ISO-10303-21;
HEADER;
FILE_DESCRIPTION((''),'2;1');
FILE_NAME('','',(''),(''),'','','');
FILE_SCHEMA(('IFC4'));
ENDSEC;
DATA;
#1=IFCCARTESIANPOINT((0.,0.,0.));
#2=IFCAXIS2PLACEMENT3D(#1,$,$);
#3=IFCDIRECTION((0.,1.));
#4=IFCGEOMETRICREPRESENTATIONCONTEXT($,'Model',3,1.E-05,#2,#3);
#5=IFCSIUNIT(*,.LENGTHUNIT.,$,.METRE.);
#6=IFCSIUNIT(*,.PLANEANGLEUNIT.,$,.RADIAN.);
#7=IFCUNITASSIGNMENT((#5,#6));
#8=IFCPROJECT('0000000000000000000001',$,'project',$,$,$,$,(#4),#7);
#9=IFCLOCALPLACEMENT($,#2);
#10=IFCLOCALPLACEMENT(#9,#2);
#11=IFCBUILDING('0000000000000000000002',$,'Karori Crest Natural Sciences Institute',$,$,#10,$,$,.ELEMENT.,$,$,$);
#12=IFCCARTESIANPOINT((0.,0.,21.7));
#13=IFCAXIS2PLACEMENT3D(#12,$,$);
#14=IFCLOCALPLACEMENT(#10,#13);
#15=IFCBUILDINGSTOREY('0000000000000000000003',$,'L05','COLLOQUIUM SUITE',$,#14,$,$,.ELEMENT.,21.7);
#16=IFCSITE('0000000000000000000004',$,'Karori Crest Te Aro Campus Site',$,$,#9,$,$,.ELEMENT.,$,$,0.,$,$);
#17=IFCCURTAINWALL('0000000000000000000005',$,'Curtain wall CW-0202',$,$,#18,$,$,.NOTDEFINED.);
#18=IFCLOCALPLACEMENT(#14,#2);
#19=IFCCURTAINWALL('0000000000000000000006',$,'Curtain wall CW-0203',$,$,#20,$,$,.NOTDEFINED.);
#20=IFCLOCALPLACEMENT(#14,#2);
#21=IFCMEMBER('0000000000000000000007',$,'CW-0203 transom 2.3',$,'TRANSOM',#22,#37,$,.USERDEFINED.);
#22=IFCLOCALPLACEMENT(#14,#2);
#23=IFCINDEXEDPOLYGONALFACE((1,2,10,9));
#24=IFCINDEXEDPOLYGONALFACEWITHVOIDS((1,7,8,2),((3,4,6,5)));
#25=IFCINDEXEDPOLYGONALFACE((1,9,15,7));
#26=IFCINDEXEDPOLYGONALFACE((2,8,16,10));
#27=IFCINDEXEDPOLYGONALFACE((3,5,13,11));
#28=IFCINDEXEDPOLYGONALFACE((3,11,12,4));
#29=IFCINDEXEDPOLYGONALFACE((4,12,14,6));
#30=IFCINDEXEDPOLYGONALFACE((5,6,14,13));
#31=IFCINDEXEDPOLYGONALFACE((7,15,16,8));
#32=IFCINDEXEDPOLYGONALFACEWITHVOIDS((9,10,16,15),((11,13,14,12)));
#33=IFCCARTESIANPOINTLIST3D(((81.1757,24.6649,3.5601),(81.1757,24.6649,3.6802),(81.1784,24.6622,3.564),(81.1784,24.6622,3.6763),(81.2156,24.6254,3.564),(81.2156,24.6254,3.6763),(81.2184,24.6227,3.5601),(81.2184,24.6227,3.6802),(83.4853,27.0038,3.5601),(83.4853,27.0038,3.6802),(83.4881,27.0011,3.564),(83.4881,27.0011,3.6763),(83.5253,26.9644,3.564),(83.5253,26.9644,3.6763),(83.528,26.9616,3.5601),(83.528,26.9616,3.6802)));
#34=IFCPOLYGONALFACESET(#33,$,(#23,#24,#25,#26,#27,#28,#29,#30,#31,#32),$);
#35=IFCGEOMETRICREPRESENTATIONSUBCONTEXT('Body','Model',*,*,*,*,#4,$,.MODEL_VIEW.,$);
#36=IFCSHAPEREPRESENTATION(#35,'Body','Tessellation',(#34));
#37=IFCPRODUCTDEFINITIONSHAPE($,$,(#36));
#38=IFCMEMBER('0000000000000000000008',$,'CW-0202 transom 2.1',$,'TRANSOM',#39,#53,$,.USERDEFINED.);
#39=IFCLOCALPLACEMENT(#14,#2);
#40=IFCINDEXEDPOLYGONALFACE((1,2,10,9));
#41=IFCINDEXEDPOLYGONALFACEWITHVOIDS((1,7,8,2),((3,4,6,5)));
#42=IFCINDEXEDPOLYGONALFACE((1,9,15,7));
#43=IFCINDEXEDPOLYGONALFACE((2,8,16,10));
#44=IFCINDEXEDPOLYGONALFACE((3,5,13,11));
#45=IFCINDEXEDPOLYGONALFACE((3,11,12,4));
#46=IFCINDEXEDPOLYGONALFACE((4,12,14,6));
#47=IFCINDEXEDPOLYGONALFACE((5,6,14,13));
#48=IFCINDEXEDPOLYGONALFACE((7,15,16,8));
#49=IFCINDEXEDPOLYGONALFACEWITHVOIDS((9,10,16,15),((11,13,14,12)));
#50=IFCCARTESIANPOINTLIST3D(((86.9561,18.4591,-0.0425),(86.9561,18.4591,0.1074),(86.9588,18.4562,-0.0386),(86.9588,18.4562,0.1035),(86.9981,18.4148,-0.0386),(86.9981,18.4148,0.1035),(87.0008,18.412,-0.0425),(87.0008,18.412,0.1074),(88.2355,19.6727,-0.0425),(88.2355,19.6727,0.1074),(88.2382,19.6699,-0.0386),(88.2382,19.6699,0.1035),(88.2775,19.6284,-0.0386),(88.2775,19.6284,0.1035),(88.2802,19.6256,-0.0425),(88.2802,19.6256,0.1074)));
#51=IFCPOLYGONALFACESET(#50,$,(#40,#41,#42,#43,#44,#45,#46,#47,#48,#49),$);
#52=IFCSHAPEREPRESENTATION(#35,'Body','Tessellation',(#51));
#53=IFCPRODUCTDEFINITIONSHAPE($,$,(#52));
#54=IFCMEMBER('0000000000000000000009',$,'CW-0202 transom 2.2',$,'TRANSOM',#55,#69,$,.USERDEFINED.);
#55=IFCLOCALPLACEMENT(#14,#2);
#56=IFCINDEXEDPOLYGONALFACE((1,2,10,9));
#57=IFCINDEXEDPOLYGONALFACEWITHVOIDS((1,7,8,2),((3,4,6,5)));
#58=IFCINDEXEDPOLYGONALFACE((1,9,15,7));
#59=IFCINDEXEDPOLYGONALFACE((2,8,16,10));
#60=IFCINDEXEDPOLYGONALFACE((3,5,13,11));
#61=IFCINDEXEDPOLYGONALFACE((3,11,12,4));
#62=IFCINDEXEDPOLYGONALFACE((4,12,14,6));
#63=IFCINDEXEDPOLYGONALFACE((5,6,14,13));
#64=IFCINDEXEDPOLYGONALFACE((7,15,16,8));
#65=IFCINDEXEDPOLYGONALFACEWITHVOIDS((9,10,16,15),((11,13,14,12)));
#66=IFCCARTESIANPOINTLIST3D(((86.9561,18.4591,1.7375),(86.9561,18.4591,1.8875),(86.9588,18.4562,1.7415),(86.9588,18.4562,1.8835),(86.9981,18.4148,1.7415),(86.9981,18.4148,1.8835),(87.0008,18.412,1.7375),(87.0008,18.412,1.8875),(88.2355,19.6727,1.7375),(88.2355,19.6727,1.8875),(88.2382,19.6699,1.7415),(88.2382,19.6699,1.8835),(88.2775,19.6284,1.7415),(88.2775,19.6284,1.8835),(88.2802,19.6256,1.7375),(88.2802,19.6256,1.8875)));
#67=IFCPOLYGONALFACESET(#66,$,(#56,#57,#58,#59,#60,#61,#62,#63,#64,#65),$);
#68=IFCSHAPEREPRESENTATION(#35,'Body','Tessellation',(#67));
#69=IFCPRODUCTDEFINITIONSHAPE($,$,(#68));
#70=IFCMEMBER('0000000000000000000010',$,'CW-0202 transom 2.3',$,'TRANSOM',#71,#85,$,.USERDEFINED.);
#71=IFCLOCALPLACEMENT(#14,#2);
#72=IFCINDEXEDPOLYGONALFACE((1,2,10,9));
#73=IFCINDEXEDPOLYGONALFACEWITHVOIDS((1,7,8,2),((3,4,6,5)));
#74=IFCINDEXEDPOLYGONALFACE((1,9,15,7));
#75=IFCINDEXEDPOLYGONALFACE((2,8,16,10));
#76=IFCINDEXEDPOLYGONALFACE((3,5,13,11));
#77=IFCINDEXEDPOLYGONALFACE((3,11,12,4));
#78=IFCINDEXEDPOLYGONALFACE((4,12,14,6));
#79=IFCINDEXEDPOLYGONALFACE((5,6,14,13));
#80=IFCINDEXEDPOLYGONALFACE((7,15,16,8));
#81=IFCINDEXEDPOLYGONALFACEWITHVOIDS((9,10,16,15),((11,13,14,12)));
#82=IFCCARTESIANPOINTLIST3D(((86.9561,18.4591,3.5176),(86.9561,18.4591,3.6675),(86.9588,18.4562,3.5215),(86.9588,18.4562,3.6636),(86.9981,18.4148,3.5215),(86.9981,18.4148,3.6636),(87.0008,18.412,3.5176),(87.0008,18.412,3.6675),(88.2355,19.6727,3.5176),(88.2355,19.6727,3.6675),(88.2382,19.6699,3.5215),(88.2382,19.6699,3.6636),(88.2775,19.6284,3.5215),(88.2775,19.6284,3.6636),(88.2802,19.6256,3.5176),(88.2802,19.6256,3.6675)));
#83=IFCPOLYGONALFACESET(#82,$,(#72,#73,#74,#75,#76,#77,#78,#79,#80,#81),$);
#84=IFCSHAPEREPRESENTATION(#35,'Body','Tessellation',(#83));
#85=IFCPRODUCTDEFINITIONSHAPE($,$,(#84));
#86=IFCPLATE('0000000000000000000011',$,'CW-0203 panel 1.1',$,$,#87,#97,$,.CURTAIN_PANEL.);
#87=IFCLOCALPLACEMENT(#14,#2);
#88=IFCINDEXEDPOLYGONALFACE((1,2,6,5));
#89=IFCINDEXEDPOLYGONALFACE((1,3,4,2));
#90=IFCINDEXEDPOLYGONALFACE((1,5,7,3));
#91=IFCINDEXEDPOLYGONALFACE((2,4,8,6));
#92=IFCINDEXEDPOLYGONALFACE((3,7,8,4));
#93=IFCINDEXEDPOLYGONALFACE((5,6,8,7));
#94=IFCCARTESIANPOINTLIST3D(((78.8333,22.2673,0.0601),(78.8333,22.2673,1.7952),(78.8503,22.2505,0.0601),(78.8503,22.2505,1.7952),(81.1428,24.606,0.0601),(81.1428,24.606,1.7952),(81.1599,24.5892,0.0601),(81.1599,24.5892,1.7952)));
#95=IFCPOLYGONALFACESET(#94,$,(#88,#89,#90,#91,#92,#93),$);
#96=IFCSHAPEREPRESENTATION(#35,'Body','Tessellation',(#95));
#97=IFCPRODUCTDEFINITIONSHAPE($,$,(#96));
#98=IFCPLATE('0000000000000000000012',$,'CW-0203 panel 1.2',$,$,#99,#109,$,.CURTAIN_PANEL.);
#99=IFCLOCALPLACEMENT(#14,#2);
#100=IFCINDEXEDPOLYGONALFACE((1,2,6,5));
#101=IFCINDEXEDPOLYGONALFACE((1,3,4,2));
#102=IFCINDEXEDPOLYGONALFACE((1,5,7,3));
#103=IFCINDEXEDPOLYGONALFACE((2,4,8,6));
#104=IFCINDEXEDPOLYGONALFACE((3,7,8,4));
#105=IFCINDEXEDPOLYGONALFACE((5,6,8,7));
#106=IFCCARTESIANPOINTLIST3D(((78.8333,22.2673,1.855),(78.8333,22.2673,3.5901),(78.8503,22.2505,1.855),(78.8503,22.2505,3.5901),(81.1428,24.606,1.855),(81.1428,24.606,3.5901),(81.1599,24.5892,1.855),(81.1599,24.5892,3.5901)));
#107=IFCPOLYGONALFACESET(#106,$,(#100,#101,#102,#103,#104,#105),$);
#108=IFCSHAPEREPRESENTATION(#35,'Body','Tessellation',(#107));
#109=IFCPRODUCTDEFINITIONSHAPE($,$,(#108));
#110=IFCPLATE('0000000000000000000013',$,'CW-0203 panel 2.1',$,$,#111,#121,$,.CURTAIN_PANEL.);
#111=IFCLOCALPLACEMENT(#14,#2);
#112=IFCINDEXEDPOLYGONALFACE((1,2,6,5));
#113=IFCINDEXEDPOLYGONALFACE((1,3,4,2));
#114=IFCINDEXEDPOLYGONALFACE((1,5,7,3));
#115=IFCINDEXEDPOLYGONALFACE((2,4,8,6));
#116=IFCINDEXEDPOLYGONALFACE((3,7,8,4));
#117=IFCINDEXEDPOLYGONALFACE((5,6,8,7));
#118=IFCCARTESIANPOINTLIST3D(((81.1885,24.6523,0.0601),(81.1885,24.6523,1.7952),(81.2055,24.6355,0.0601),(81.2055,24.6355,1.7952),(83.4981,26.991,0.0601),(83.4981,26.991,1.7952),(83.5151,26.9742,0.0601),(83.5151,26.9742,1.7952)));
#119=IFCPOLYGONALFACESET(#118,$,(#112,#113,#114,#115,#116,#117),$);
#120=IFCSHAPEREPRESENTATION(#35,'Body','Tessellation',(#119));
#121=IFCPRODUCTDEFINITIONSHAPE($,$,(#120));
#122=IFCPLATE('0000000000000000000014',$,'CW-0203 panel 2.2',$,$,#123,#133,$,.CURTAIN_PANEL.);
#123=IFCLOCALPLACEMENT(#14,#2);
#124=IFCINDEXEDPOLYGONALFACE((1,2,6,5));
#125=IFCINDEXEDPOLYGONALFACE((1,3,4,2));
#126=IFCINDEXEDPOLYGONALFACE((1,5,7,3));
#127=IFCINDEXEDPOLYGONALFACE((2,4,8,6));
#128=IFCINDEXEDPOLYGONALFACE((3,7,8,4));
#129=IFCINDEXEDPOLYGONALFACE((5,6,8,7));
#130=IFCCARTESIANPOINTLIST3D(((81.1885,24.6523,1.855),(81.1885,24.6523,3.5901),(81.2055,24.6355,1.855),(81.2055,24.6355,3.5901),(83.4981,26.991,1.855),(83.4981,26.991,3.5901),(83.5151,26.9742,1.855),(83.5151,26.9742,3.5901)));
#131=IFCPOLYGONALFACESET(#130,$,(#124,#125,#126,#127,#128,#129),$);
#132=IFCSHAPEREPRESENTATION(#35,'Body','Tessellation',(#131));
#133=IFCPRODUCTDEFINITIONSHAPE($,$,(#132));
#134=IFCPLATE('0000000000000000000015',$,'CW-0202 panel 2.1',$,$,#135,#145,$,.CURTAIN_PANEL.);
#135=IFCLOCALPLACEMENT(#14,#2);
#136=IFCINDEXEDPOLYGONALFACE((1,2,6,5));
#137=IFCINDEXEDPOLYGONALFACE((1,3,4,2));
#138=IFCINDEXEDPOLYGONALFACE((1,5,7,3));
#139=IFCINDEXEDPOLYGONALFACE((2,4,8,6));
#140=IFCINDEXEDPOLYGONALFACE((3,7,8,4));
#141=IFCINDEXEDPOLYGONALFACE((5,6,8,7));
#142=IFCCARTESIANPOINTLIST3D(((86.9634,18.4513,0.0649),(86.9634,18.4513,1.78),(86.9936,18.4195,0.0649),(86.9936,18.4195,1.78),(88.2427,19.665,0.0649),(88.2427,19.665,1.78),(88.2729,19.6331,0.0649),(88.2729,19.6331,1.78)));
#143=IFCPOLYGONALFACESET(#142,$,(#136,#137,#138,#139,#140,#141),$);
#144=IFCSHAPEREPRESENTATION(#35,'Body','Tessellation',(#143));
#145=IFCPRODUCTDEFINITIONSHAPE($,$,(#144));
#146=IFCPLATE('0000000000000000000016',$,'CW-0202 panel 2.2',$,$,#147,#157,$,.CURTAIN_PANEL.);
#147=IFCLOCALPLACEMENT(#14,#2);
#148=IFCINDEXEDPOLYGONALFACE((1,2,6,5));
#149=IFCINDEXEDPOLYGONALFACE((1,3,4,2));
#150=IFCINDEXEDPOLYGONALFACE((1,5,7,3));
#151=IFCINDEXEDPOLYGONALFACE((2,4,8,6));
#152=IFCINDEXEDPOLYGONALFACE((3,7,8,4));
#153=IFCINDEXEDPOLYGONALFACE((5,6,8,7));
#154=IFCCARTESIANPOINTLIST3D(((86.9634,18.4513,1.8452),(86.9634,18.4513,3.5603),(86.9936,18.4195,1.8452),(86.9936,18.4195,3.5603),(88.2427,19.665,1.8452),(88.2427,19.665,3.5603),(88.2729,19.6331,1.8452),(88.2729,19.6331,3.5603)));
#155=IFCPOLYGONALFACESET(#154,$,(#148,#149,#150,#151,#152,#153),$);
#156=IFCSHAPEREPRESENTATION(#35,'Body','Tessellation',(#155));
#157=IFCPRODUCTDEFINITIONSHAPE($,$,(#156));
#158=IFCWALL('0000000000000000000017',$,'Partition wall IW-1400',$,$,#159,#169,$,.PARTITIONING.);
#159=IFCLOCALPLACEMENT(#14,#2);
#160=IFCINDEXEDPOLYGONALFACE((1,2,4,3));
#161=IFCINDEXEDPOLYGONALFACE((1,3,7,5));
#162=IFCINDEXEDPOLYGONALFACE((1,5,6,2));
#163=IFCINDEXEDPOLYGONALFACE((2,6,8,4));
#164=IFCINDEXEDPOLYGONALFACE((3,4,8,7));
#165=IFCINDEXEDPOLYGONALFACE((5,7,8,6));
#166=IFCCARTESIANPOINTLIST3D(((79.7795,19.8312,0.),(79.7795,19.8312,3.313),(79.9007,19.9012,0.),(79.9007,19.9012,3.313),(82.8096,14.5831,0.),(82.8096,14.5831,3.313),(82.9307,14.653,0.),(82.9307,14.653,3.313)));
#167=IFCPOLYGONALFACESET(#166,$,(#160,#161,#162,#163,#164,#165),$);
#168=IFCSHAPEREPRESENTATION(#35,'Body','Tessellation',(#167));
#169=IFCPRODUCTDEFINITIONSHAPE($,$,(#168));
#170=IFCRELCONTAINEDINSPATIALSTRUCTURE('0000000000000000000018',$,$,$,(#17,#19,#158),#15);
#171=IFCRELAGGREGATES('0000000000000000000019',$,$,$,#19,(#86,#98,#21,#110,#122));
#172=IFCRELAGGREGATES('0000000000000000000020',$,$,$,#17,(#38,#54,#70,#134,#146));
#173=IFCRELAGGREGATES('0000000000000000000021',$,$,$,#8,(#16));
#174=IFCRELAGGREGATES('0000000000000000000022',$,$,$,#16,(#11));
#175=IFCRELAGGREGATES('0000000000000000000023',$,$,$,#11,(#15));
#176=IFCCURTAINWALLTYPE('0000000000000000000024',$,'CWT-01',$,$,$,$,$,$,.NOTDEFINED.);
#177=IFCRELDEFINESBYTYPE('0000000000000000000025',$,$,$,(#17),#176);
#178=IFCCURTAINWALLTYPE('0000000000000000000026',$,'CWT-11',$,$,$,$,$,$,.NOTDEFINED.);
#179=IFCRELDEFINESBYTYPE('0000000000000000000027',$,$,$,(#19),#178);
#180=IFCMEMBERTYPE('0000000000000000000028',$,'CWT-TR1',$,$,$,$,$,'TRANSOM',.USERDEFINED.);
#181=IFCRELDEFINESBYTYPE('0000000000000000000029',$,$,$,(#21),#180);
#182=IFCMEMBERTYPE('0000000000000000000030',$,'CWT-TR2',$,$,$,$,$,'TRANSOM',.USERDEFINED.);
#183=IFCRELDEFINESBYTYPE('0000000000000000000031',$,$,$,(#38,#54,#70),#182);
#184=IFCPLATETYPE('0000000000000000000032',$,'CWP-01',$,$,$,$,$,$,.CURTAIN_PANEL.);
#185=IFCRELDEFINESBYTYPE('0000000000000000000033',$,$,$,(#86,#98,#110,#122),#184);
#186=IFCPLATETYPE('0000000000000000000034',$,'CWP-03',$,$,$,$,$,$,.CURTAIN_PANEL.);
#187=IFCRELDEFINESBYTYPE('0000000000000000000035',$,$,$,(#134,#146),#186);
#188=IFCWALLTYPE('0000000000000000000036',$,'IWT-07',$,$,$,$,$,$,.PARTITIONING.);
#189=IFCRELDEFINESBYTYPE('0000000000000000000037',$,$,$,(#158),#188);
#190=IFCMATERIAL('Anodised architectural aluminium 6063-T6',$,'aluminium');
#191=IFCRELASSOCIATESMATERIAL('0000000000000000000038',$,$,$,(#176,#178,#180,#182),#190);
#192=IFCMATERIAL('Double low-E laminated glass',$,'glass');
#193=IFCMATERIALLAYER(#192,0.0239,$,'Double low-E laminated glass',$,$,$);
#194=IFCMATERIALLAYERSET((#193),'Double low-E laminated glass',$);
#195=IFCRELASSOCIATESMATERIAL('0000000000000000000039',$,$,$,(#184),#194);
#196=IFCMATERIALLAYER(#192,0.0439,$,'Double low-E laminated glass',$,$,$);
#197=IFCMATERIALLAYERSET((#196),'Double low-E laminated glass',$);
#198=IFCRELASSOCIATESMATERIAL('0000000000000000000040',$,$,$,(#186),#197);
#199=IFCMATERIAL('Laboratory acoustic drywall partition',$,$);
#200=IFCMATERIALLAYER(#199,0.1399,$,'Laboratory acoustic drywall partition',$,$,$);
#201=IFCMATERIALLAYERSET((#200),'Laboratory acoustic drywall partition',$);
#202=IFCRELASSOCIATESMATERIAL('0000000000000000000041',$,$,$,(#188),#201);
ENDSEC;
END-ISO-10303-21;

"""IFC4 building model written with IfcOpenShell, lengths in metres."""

from ifc_helpers import new_model, si_unit, direction, frame, frame_2d, origin, origin_2d, place, context, subcontext, project, spatial, rectangle, hollow_rectangle, extrude, material, layer, layer_set, material_profile, profile_set, type_object, element, aggregate, save


model = new_model("IFC4")

# Units and contexts
model_context = context("Model", 3, precision=1e-05, world=origin(), true_north=direction((0.0, 1.0)))
body_context = subcontext(model_context, "Body", "Model", "MODEL_VIEW")
ifc_project = project(units=[si_unit("LENGTHUNIT", "METRE"), si_unit("PLANEANGLEUNIT", "RADIAN")], contexts=[model_context])

# Site, building, storey
site_placement = place(None, origin())
site = spatial("IfcSite", under=ifc_project, at=site_placement, Name="Karori Crest Te Aro Campus Site", CompositionType="ELEMENT", RefElevation=0.0)
building_placement = place(site_placement, origin())
building = spatial("IfcBuilding", under=site, at=building_placement, Name="Karori Crest Natural Sciences Institute", CompositionType="ELEMENT")
storey_placement = place(building_placement, frame((0.0, 0.0, 21.7)))
storey = spatial("IfcBuildingStorey", under=building, at=storey_placement, Name="L05", Description="COLLOQUIUM SUITE", CompositionType="ELEMENT", Elevation=21.7)

# Curtain wall
ifc_material_1 = material(Name="Anodised architectural aluminium 6063-T6", Category="aluminium")
curtain_wall_type_1 = type_object("IfcCurtainWallType", Name="CWT-01", PredefinedType="NOTDEFINED", material=ifc_material_1)
curtain_wall_1_placement = place(storey_placement, origin())
curtain_wall_1 = element("IfcCurtainWall", 1, at=curtain_wall_1_placement, inside=storey, type_object=curtain_wall_type_1, Name="Curtain wall CW-0202", PredefinedType="NOTDEFINED")

# Curtain wall, member
curtain_wall_type_2 = type_object("IfcCurtainWallType", Name="CWT-11", PredefinedType="NOTDEFINED", material=ifc_material_1)
curtain_wall_2_placement = place(storey_placement, origin())
curtain_wall_2 = element("IfcCurtainWall", 2, at=curtain_wall_2_placement, inside=storey, type_object=curtain_wall_type_2, Name="Curtain wall CW-0203", PredefinedType="NOTDEFINED")
ifc_material_profile_1 = material_profile(ifc_material_1, hollow_rectangle(XDim=0.0601, YDim=0.1201, WallThickness=0.0039, at=origin_2d()), Name="CWT120x60x4")
ifc_profile_set_1 = profile_set([ifc_material_profile_1], Name="Anodised architectural aluminium 6063-T6")
member_type_1 = type_object("IfcMemberType", Name="CWT-TR1", ElementType="TRANSOM", PredefinedType="USERDEFINED", material=ifc_profile_set_1)
member_1_placement = place(storey_placement, frame((81.197, 24.6438, 3.6201), z_axis=(0.702636, 0.711549, 0.0), x_axis=(-0.711549, 0.702636, 0.0)))
member_1 = element("IfcMember", 3, at=member_1_placement, type_object=member_type_1, Name="CW-0203 transom 2.3", ObjectType="TRANSOM", PredefinedType="USERDEFINED", context=body_context, shape_type="SweptSolid", body=[
    extrude(hollow_rectangle(XDim=0.0601, YDim=0.1201, WallThickness=0.0039, at=origin_2d()), origin(), (0.0, 0.0, 1.0), 3.2871),
])

# Members
ifc_material_profile_2 = material_profile(ifc_material_1, hollow_rectangle(XDim=0.0649, YDim=0.1499, WallThickness=0.0039, at=origin_2d()), Name="CWT150x65x4")
ifc_profile_set_2 = profile_set([ifc_material_profile_2], Name="Anodised architectural aluminium 6063-T6")
member_type_2 = type_object("IfcMemberType", Name="CWT-TR2", ElementType="TRANSOM", PredefinedType="USERDEFINED", material=ifc_profile_set_2)
member_2_placement = place(storey_placement, frame((88.2578, 19.6492, 0.0325), z_axis=(-0.725483, -0.68824, 0.0), x_axis=(0.68824, -0.725483, 0.0)))
member_2 = element("IfcMember", 4, at=member_2_placement, type_object=member_type_2, Name="CW-0202 transom 2.1", ObjectType="TRANSOM", PredefinedType="USERDEFINED", context=body_context, shape_type="SweptSolid", body=[
    extrude(hollow_rectangle(XDim=0.0649, YDim=0.1499, WallThickness=0.0039, at=origin_2d()), origin(), (0.0, 0.0, 1.0), 1.7634),
])
member_3_placement = place(storey_placement, frame((88.2578, 19.6492, 1.8125), z_axis=(-0.725483, -0.68824, 0.0), x_axis=(0.68824, -0.725483, 0.0)))
member_3 = element("IfcMember", 5, at=member_3_placement, type_object=member_type_2, Name="CW-0202 transom 2.2", ObjectType="TRANSOM", PredefinedType="USERDEFINED", context=body_context, shape_type="SweptSolid", body=[
    extrude(hollow_rectangle(XDim=0.0649, YDim=0.1499, WallThickness=0.0039, at=origin_2d()), origin(), (0.0, 0.0, 1.0), 1.7634),
])
member_4_placement = place(storey_placement, frame((88.2578, 19.6492, 3.5925), z_axis=(-0.725483, -0.68824, 0.0), x_axis=(0.68824, -0.725483, 0.0)))
member_4 = element("IfcMember", 6, at=member_4_placement, type_object=member_type_2, Name="CW-0202 transom 2.3", ObjectType="TRANSOM", PredefinedType="USERDEFINED", context=body_context, shape_type="SweptSolid", body=[
    extrude(hollow_rectangle(XDim=0.0649, YDim=0.1499, WallThickness=0.0039, at=origin_2d()), origin(), (0.0, 0.0, 1.0), 1.7634),
])

# Plates
ifc_material_2 = material(Name="Double low-E laminated glass", Category="glass")
ifc_layer_1 = layer(ifc_material_2, 0.0239, Name="Double low-E laminated glass")
ifc_layer_set_1 = layer_set([ifc_layer_1], Name="Double low-E laminated glass")
plate_type_1 = type_object("IfcPlateType", Name="CWP-01", PredefinedType="CURTAIN_PANEL", material=ifc_layer_set_1)
plate_1_placement = place(storey_placement, frame((79.9966, 23.4282, 0.0601), z_axis=(0.0, 0.0, 1.0), x_axis=(0.702661, 0.711525, 0.0)))
plate_1 = element("IfcPlate", 7, at=plate_1_placement, type_object=plate_type_1, Name="CW-0203 panel 1.1", PredefinedType="CURTAIN_PANEL", context=body_context, shape_type="SweptSolid", body=[
    extrude(rectangle(XDim=3.2869, YDim=0.0239, at=origin_2d()), origin(), (0.0, 0.0, 1.0), 1.7351),
])
plate_2_placement = place(storey_placement, frame((79.9966, 23.4282, 1.855), z_axis=(0.0, 0.0, 1.0), x_axis=(0.702661, 0.711525, 0.0)))
plate_2 = element("IfcPlate", 8, at=plate_2_placement, type_object=plate_type_1, Name="CW-0203 panel 1.2", PredefinedType="CURTAIN_PANEL", context=body_context, shape_type="SweptSolid", body=[
    extrude(rectangle(XDim=3.2869, YDim=0.0239, at=origin_2d()), origin(), (0.0, 0.0, 1.0), 1.7351),
])
plate_3_placement = place(storey_placement, frame((82.3518, 25.8132, 0.0601), z_axis=(0.0, 0.0, 1.0), x_axis=(0.702661, 0.711525, 0.0)))
plate_3 = element("IfcPlate", 9, at=plate_3_placement, type_object=plate_type_1, Name="CW-0203 panel 2.1", PredefinedType="CURTAIN_PANEL", context=body_context, shape_type="SweptSolid", body=[
    extrude(rectangle(XDim=3.2869, YDim=0.0239, at=origin_2d()), origin(), (0.0, 0.0, 1.0), 1.7351),
])
plate_4_placement = place(storey_placement, frame((82.3518, 25.8132, 1.855), z_axis=(0.0, 0.0, 1.0), x_axis=(0.702661, 0.711525, 0.0)))
plate_4 = element("IfcPlate", 10, at=plate_4_placement, type_object=plate_type_1, Name="CW-0203 panel 2.2", PredefinedType="CURTAIN_PANEL", context=body_context, shape_type="SweptSolid", body=[
    extrude(rectangle(XDim=3.2869, YDim=0.0239, at=origin_2d()), origin(), (0.0, 0.0, 1.0), 1.7351),
])
aggregate(curtain_wall_2, [plate_1, plate_2, member_1, plate_3, plate_4])
ifc_layer_2 = layer(ifc_material_2, 0.0439, Name="Double low-E laminated glass")
ifc_layer_set_2 = layer_set([ifc_layer_2], Name="Double low-E laminated glass")
plate_type_2 = type_object("IfcPlateType", Name="CWP-03", PredefinedType="CURTAIN_PANEL", material=ifc_layer_set_2)
plate_5_placement = place(storey_placement, frame((87.6182, 19.0422, 0.0649), z_axis=(0.0, 0.0, 1.0), x_axis=(-0.725473, -0.688251, 0.0)))
plate_5 = element("IfcPlate", 11, at=plate_5_placement, type_object=plate_type_2, Name="CW-0202 panel 2.1", PredefinedType="CURTAIN_PANEL", context=body_context, shape_type="SweptSolid", body=[
    extrude(rectangle(XDim=1.7634, YDim=0.0439, at=origin_2d()), origin(), (0.0, 0.0, 1.0), 1.7151),
])
plate_6_placement = place(storey_placement, frame((87.6182, 19.0422, 1.8452), z_axis=(0.0, 0.0, 1.0), x_axis=(-0.725473, -0.688251, 0.0)))
plate_6 = element("IfcPlate", 12, at=plate_6_placement, type_object=plate_type_2, Name="CW-0202 panel 2.2", PredefinedType="CURTAIN_PANEL", context=body_context, shape_type="SweptSolid", body=[
    extrude(rectangle(XDim=1.7634, YDim=0.0439, at=origin_2d()), origin(), (0.0, 0.0, 1.0), 1.7151),
])
aggregate(curtain_wall_1, [member_2, member_3, member_4, plate_5, plate_6])

# Wall
ifc_material_3 = material(Name="Laboratory acoustic drywall partition")
ifc_layer_3 = layer(ifc_material_3, 0.1399, Name="Laboratory acoustic drywall partition")
ifc_layer_set_3 = layer_set([ifc_layer_3], Name="Laboratory acoustic drywall partition")
wall_type_1 = type_object("IfcWallType", Name="IWT-07", PredefinedType="PARTITIONING", material=ifc_layer_set_3)
wall_1_placement = place(storey_placement, frame((79.8401, 19.8662, 0.0), z_axis=(0.0, 0.0, 1.0), x_axis=(0.500008, -0.866021, 0.0)))
element("IfcWall", 13, at=wall_1_placement, inside=storey, type_object=wall_type_1, Name="Partition wall IW-1400", PredefinedType="PARTITIONING", context=body_context, shape_type="SweptSolid", body=[
    extrude(rectangle(XDim=6.0601, YDim=0.1399, at=frame_2d((3.03, 0.0))), origin(), (0.0, 0.0, 1.0), 3.313),
])

save(model, "model.ifc")
